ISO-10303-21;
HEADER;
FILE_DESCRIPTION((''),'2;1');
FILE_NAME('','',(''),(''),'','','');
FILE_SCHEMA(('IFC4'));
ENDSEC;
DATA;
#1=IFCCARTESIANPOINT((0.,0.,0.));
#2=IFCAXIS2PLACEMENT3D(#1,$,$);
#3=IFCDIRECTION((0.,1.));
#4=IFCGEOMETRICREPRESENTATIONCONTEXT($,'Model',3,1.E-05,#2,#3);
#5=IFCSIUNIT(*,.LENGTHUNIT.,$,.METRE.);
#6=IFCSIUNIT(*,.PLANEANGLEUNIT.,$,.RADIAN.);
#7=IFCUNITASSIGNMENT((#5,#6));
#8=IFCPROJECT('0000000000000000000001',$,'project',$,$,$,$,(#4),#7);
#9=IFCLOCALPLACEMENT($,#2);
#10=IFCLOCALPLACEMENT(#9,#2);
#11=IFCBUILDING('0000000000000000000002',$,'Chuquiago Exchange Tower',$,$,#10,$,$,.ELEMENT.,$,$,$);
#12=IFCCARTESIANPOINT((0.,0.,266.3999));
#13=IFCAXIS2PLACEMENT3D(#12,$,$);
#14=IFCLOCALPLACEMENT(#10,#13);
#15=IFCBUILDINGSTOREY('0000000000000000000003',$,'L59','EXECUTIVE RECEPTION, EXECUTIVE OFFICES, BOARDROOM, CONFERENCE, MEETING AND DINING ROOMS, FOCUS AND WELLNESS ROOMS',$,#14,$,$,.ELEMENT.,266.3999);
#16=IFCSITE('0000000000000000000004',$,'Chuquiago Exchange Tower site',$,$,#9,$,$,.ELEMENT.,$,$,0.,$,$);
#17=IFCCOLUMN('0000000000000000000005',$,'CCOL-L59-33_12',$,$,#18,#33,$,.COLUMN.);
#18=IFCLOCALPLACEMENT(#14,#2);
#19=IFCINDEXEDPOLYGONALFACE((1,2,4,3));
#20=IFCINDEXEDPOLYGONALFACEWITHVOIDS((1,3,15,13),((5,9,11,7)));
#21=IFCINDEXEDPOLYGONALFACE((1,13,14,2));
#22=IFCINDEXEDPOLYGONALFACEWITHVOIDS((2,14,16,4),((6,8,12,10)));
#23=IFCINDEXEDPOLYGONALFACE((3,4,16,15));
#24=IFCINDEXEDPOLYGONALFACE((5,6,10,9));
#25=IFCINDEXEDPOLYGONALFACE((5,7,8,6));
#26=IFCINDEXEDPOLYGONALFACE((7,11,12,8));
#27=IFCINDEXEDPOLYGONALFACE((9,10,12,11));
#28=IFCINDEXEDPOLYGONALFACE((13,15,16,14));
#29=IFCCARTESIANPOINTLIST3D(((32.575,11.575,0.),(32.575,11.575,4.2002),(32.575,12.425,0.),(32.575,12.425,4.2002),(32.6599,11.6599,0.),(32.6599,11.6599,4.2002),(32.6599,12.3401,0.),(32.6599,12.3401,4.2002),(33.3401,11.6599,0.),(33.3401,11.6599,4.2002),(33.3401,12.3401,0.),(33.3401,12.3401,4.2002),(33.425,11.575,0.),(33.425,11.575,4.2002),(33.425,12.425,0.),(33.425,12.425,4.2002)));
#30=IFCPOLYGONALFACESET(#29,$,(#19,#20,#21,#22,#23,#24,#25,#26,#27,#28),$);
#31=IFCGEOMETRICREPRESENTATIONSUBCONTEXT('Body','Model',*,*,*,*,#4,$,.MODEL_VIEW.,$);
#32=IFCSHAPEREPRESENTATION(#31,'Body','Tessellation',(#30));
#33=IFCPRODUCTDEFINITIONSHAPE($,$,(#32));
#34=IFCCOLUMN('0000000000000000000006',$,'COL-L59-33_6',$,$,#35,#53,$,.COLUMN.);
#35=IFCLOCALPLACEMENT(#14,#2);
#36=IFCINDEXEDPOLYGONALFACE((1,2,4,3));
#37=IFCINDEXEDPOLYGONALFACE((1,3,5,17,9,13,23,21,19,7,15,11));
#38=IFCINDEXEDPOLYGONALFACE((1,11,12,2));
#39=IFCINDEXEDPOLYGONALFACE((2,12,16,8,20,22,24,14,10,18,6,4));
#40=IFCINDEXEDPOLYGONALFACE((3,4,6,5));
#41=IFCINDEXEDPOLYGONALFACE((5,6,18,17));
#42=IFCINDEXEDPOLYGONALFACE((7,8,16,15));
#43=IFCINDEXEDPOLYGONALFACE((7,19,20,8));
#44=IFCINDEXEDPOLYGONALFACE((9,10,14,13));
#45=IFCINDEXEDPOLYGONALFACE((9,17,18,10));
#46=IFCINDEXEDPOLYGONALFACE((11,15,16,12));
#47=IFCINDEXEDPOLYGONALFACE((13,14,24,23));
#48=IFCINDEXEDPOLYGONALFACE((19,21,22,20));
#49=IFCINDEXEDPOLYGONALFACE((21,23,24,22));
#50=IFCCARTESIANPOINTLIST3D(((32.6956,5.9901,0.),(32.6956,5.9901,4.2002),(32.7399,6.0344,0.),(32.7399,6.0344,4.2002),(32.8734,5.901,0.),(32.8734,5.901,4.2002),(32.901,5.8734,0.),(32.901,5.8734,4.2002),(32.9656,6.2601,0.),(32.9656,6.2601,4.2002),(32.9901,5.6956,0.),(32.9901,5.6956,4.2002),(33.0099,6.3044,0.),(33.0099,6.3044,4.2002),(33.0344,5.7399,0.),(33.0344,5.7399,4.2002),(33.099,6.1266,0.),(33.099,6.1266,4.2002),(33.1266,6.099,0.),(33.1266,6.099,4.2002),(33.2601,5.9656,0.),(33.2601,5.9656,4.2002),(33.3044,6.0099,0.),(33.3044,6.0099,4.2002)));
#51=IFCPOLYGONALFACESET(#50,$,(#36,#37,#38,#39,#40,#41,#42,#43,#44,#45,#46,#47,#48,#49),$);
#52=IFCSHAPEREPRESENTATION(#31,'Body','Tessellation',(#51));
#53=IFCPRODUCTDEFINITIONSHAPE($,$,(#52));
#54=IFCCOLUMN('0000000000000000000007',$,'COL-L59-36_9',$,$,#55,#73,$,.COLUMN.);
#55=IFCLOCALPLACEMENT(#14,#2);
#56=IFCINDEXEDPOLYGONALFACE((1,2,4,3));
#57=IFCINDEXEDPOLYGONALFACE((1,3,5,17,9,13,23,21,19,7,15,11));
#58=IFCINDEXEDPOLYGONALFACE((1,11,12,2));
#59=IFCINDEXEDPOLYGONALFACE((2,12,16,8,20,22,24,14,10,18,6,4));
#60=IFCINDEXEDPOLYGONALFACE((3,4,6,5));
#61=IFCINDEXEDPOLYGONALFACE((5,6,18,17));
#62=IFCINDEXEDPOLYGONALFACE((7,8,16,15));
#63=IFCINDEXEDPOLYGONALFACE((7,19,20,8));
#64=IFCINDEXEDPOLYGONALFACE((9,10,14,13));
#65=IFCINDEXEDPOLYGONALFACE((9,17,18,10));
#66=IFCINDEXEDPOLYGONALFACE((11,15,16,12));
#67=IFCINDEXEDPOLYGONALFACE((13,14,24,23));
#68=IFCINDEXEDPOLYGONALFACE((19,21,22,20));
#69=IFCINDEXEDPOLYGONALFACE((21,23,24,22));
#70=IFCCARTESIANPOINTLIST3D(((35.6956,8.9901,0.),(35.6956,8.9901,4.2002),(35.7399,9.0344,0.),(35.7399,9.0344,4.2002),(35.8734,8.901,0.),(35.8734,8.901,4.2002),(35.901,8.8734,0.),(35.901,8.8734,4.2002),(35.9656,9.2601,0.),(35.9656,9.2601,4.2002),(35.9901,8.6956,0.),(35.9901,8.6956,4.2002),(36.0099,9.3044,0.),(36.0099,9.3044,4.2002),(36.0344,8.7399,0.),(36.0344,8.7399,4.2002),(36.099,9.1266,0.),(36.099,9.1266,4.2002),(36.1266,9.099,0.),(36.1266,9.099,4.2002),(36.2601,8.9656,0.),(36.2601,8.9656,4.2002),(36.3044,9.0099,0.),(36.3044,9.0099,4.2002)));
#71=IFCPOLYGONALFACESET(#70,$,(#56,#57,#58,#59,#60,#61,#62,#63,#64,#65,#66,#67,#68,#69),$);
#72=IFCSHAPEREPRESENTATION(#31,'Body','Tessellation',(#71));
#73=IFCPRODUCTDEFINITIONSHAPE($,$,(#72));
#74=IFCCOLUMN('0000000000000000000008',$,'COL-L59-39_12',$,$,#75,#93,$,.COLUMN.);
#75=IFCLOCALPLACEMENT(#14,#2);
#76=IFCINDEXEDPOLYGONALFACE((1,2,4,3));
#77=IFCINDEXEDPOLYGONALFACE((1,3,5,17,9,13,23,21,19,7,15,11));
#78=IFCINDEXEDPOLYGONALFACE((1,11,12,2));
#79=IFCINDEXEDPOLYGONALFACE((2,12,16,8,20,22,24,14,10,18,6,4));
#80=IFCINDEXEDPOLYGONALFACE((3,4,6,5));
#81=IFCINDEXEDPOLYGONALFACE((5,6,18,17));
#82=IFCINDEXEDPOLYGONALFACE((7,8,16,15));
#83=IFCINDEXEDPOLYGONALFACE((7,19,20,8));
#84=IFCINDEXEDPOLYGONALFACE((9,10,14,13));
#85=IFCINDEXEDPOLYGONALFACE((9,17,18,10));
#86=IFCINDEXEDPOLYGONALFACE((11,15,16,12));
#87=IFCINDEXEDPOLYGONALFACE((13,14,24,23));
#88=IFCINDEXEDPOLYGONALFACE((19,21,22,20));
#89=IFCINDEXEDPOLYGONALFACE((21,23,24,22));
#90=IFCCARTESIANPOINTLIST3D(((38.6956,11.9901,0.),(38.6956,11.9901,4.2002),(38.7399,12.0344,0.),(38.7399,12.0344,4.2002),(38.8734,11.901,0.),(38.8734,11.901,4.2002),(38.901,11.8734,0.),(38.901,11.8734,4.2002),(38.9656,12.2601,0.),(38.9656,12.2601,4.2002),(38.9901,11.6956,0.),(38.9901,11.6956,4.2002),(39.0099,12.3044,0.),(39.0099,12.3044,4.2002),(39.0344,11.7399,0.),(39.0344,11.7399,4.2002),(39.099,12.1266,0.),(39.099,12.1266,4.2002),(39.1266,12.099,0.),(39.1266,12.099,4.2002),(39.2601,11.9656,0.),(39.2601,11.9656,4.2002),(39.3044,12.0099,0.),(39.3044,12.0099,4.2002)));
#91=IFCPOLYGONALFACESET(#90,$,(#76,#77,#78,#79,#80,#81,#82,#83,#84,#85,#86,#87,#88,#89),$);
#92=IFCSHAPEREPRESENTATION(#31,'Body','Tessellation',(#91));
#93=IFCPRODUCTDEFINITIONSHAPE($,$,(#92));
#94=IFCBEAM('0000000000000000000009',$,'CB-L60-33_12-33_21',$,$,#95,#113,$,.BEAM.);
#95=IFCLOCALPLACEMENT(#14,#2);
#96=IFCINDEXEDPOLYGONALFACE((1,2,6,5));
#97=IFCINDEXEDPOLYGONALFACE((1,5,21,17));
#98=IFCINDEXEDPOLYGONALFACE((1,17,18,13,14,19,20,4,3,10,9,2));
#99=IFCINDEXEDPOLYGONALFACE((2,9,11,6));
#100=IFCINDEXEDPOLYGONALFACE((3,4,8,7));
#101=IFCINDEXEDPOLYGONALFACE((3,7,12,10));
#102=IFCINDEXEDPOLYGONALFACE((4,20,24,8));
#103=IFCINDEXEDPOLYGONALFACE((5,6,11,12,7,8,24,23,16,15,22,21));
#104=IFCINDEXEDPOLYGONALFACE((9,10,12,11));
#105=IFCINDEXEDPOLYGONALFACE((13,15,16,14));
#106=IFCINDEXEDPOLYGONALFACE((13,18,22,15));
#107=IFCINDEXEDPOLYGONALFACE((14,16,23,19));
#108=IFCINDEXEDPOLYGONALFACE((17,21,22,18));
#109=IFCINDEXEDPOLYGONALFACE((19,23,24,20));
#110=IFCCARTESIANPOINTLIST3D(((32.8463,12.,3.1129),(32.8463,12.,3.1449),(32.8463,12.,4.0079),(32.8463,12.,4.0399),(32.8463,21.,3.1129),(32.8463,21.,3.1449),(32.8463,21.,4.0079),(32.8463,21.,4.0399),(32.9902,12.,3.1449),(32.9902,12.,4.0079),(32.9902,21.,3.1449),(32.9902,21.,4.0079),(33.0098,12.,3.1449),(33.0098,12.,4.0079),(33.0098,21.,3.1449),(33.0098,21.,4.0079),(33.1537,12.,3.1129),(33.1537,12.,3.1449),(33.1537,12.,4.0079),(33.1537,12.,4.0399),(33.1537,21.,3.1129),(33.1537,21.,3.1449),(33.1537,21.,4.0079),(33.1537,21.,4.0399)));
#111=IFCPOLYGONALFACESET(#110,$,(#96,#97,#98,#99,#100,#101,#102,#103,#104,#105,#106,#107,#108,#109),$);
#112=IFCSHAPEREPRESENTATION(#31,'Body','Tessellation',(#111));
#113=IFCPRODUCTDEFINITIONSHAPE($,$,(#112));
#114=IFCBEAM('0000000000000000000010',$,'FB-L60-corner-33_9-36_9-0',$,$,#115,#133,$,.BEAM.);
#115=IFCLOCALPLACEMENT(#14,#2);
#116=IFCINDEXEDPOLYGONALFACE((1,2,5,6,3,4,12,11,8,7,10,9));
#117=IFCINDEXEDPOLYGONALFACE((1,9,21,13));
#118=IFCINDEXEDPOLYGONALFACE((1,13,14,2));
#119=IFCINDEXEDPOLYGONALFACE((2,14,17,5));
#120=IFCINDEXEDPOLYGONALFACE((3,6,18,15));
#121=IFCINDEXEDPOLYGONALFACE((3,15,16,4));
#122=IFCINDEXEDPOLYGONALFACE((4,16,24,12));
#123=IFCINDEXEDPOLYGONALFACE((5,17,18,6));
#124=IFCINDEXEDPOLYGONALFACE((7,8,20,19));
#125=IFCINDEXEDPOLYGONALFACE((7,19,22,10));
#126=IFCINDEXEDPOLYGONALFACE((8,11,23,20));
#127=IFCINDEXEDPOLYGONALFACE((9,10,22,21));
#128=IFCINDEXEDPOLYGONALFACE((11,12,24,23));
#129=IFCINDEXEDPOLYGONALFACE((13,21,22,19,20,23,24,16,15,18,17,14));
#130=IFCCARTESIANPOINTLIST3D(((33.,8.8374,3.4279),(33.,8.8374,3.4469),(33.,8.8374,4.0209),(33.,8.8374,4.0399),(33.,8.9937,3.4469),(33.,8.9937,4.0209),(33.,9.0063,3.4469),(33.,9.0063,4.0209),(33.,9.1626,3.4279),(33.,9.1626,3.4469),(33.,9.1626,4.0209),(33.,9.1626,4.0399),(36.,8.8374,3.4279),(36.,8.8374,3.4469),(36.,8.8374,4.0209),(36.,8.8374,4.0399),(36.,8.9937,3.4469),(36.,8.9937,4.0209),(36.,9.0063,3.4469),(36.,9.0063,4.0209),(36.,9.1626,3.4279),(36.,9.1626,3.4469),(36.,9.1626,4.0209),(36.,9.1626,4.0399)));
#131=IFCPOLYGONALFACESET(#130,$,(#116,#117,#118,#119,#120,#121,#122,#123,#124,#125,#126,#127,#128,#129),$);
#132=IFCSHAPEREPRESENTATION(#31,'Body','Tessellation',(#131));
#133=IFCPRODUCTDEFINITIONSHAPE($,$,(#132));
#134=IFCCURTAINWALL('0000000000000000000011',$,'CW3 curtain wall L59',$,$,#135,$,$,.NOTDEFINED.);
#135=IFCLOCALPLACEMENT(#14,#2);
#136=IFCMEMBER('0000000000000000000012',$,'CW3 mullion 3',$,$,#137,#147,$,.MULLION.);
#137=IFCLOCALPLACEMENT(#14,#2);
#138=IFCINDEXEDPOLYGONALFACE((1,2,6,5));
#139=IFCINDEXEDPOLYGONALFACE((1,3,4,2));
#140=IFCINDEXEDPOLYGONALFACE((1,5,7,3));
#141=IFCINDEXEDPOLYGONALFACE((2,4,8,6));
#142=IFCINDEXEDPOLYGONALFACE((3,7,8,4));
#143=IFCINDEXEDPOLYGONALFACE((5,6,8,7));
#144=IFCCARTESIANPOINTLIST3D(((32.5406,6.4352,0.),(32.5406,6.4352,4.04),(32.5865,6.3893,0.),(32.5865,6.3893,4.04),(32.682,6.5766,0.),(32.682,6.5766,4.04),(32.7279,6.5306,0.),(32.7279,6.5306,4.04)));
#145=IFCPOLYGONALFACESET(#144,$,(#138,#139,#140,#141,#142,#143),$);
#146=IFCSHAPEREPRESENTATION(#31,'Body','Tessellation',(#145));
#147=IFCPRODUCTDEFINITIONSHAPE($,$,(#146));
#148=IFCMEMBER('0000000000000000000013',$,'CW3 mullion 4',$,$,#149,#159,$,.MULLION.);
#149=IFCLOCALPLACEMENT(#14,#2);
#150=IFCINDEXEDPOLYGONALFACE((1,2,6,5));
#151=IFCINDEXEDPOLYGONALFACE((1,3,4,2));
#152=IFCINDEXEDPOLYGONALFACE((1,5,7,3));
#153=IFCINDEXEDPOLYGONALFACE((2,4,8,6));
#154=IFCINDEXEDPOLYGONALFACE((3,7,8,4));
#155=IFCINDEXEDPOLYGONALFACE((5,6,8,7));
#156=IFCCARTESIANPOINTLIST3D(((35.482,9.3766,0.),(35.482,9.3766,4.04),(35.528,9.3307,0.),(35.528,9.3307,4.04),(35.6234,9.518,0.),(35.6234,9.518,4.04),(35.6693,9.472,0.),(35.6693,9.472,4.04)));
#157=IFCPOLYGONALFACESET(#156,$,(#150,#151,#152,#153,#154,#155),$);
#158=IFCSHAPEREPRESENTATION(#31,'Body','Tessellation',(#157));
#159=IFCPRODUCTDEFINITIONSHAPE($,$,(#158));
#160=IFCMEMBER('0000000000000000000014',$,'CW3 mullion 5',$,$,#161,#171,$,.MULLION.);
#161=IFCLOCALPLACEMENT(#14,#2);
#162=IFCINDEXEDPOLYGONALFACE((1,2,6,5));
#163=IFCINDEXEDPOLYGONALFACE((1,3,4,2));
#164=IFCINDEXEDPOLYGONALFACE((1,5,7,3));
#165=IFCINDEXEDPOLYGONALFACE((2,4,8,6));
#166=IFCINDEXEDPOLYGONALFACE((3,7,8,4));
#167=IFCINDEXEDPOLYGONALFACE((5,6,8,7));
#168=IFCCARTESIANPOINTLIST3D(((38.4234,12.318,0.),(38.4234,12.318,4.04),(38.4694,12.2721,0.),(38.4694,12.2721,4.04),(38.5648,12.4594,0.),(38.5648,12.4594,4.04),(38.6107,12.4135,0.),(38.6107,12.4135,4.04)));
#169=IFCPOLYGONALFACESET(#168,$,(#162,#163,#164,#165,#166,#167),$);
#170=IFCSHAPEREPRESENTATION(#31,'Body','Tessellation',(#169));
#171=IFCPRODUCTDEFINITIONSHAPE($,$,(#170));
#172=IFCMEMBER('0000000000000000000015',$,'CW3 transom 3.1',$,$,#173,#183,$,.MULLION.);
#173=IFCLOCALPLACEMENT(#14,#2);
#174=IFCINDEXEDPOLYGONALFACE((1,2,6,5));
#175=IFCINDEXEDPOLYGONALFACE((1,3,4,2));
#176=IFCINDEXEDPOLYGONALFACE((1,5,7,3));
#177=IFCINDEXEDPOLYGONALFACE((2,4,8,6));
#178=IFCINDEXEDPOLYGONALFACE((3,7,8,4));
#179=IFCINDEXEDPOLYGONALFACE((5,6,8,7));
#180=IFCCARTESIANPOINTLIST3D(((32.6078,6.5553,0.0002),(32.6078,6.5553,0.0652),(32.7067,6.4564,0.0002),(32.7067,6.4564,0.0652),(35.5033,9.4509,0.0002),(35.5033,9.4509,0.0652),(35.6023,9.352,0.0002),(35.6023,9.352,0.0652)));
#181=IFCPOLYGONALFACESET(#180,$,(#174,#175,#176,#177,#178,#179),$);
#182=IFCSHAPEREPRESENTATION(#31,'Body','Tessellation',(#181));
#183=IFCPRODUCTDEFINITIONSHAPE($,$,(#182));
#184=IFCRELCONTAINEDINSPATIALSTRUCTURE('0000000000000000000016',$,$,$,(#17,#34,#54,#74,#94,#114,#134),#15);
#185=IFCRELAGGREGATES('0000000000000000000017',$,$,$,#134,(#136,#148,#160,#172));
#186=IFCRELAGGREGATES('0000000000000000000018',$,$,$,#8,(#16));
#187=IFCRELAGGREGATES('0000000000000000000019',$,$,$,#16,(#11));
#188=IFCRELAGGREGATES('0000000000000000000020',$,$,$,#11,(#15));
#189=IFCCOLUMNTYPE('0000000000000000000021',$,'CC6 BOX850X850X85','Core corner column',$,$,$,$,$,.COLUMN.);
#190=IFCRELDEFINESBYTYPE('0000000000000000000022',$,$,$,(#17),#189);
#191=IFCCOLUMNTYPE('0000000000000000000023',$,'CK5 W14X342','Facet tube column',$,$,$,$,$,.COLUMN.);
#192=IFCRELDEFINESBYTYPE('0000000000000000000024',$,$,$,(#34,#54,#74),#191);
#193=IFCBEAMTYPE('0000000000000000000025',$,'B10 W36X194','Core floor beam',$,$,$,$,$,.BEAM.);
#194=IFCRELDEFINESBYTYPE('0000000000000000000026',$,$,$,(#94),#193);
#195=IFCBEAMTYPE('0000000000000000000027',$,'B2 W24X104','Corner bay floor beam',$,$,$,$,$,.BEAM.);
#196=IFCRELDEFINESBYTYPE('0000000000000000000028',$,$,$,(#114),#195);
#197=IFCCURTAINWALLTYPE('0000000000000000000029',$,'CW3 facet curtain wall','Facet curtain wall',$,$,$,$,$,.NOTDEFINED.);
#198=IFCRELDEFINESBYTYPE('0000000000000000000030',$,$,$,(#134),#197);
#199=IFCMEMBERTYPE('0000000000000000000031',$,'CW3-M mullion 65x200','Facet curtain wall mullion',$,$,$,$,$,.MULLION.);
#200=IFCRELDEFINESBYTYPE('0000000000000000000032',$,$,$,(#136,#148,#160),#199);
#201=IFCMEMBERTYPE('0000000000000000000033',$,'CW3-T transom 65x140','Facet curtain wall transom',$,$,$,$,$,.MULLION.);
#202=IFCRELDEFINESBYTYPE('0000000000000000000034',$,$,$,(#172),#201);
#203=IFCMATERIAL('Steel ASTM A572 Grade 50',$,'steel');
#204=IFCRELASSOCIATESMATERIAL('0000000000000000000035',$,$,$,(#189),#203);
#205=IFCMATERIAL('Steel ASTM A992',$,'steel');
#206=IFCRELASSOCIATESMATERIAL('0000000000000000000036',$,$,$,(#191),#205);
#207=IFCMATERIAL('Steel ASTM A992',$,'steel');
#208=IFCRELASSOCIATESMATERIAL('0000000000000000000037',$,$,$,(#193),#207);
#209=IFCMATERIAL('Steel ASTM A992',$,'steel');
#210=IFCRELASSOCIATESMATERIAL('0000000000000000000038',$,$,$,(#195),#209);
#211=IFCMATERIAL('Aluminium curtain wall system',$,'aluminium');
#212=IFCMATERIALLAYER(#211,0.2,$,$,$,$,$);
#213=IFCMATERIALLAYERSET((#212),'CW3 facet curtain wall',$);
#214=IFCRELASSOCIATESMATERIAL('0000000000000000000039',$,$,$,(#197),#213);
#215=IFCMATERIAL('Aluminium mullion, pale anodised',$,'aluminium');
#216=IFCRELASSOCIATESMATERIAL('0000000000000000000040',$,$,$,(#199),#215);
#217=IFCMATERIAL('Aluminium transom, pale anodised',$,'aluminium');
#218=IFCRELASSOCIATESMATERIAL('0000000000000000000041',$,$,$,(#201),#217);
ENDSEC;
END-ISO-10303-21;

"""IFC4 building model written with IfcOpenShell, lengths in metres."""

from ifc_helpers import new_model, si_unit, direction, frame, origin, origin_2d, place, context, subcontext, project, spatial, rectangle, hollow_rectangle, i_section, extrude, material, layer, layer_set, material_profile, profile_set, type_object, element, aggregate, save


model = new_model("IFC4")

# Units and contexts
model_context = context("Model", 3, precision=1e-05, world=origin(), true_north=direction((0.0, 1.0)))
body_context = subcontext(model_context, "Body", "Model", "MODEL_VIEW")
ifc_project = project(units=[si_unit("LENGTHUNIT", "METRE"), si_unit("PLANEANGLEUNIT", "RADIAN")], contexts=[model_context])

# Site, building, storey
site_placement = place(None, origin())
site = spatial("IfcSite", under=ifc_project, at=site_placement, Name="Chuquiago Exchange Tower site", CompositionType="ELEMENT", RefElevation=0.0)
building_placement = place(site_placement, origin())
building = spatial("IfcBuilding", under=site, at=building_placement, Name="Chuquiago Exchange Tower", CompositionType="ELEMENT")
storey_placement = place(building_placement, frame((0.0, 0.0, 266.3999)))
storey = spatial("IfcBuildingStorey", under=building, at=storey_placement, Name="L59", Description="EXECUTIVE RECEPTION, EXECUTIVE OFFICES, BOARDROOM, CONFERENCE, MEETING AND DINING ROOMS, FOCUS AND WELLNESS ROOMS", CompositionType="ELEMENT", Elevation=266.3999)

# Columns
ifc_material_1 = material(Name="Steel ASTM A572 Grade 50", Category="steel")
ifc_material_profile_1 = material_profile(ifc_material_1, hollow_rectangle(XDim=0.8501, YDim=0.8501, WallThickness=0.085, at=origin_2d()), Name="BOX850X850X85")
ifc_profile_set_1 = profile_set([ifc_material_profile_1], Name="Steel ASTM A572 Grade 50")
column_type_1 = type_object("IfcColumnType", Name="CC6 BOX850X850X85", Description="Core corner column", PredefinedType="COLUMN", material=ifc_profile_set_1)
column_placement = place(storey_placement, frame((33.0, 12.0, 0.0), z_axis=(0.0, 0.0, 1.0), x_axis=(1.0, 0.0, 0.0)))
element("IfcColumn", 1, at=column_placement, inside=storey, type_object=column_type_1, Name="CCOL-L59-33_12", PredefinedType="COLUMN", context=body_context, shape_type="SweptSolid", body=[
    extrude(hollow_rectangle(XDim=0.8501, YDim=0.8501, WallThickness=0.085, at=origin_2d()), origin(), (0.0, 0.0, 1.0), 4.2002),
])
ifc_material_2 = material(Name="Steel ASTM A992", Category="steel")
ifc_material_profile_2 = material_profile(ifc_material_2, i_section(OverallWidth=0.4165, OverallDepth=0.4446, WebThickness=0.0391, FlangeThickness=0.0627, at=origin_2d()), Name="W14X342")
ifc_profile_set_2 = profile_set([ifc_material_profile_2], Name="Steel ASTM A992")
column_type_2 = type_object("IfcColumnType", Name="CK5 W14X342", Description="Facet tube column", PredefinedType="COLUMN", material=ifc_profile_set_2)
for number, where, z_axis, x_axis, name in (
    (2, (33.0, 6.0, 0.0), (0.0, 0.0, 1.0), (0.707107, -0.707107, 0.0), "COL-L59-33_6"),
    (3, (36.0, 9.0, 0.0), (0.0, 0.0, 1.0), (0.707107, -0.707107, 0.0), "COL-L59-36_9"),
    (4, (39.0, 12.0, 0.0), (0.0, 0.0, 1.0), (0.707107, -0.707107, 0.0), "COL-L59-39_12"),
):
    element("IfcColumn", number, at=place(storey_placement, frame(where, z_axis=z_axis, x_axis=x_axis)), inside=storey, type_object=column_type_2, Name=name, PredefinedType="COLUMN", context=body_context, shape_type="SweptSolid", body=[
        extrude(i_section(OverallWidth=0.4165, OverallDepth=0.4446, WebThickness=0.0391, FlangeThickness=0.0627, at=origin_2d()), origin(), (0.0, 0.0, 1.0), 4.2002),
    ])

# Beams
ifc_material_3 = material(Name="Steel ASTM A992", Category="steel")
ifc_material_profile_3 = material_profile(ifc_material_3, i_section(OverallWidth=0.3074, OverallDepth=0.927, WebThickness=0.0195, FlangeThickness=0.032, at=origin_2d()), Name="W36X194")
ifc_profile_set_3 = profile_set([ifc_material_profile_3], Name="Steel ASTM A992")
beam_type_1 = type_object("IfcBeamType", Name="B10 W36X194", Description="Core floor beam", PredefinedType="BEAM", material=ifc_profile_set_3)
beam_1_placement = place(storey_placement, frame((33.0, 12.0, 3.5764), z_axis=(0.0, 1.0, 0.0), x_axis=(-1.0, 0.0, 0.0)))
element("IfcBeam", 5, at=beam_1_placement, inside=storey, type_object=beam_type_1, Name="CB-L60-33_12-33_21", PredefinedType="BEAM", context=body_context, shape_type="SweptSolid", body=[
    extrude(i_section(OverallWidth=0.3074, OverallDepth=0.927, WebThickness=0.0195, FlangeThickness=0.032, at=origin_2d()), origin(), (0.0, 0.0, 1.0), 9.0),
])
ifc_material_4 = material(Name="Steel ASTM A992", Category="steel")
ifc_material_profile_4 = material_profile(ifc_material_4, i_section(OverallWidth=0.3252, OverallDepth=0.6121, WebThickness=0.0127, FlangeThickness=0.019, at=origin_2d()), Name="W24X104")
ifc_profile_set_4 = profile_set([ifc_material_profile_4], Name="Steel ASTM A992")
beam_type_2 = type_object("IfcBeamType", Name="B2 W24X104", Description="Corner bay floor beam", PredefinedType="BEAM", material=ifc_profile_set_4)
beam_2_placement = place(storey_placement, frame((33.0, 9.0, 3.7339), z_axis=(1.0, 0.0, 0.0), x_axis=(0.0, 1.0, 0.0)))
element("IfcBeam", 6, at=beam_2_placement, inside=storey, type_object=beam_type_2, Name="FB-L60-corner-33_9-36_9-0", PredefinedType="BEAM", context=body_context, shape_type="SweptSolid", body=[
    extrude(i_section(OverallWidth=0.3252, OverallDepth=0.6121, WebThickness=0.0127, FlangeThickness=0.019, at=origin_2d()), origin(), (0.0, 0.0, 1.0), 3.0),
])

# Curtain wall, members
ifc_material_5 = material(Name="Aluminium curtain wall system", Category="aluminium")
ifc_layer_1 = layer(ifc_material_5, 0.2)
ifc_layer_set_1 = layer_set([ifc_layer_1], Name="CW3 facet curtain wall")
curtain_wall_type = type_object("IfcCurtainWallType", Name="CW3 facet curtain wall", Description="Facet curtain wall", PredefinedType="NOTDEFINED", material=ifc_layer_set_1)
curtain_wall_placement = place(storey_placement, origin())
curtain_wall = element("IfcCurtainWall", 7, at=curtain_wall_placement, inside=storey, type_object=curtain_wall_type, Name="CW3 curtain wall L59", PredefinedType="NOTDEFINED")
ifc_material_6 = material(Name="Aluminium mullion, pale anodised", Category="aluminium")
ifc_material_profile_5 = material_profile(ifc_material_6, rectangle(XDim=0.0649, YDim=0.2, at=origin_2d()), Name="AL 65x200")
ifc_profile_set_5 = profile_set([ifc_material_profile_5], Name="Aluminium mullion, pale anodised")
member_type_1 = type_object("IfcMemberType", Name="CW3-M mullion 65x200", Description="Facet curtain wall mullion", PredefinedType="MULLION", material=ifc_profile_set_5)
member_1_placement = place(storey_placement, frame((32.6343, 6.4829, 0.0), z_axis=(0.0, 0.0, 1.0), x_axis=(-0.707107, 0.707107, 0.0)))
member_1 = element("IfcMember", 8, at=member_1_placement, type_object=member_type_1, Name="CW3 mullion 3", PredefinedType="MULLION", context=body_context, shape_type="SweptSolid", body=[
    extrude(rectangle(XDim=0.0649, YDim=0.2, at=origin_2d()), origin(), (0.0, 0.0, 1.0), 4.04),
])
member_2_placement = place(storey_placement, frame((35.5757, 9.4243, 0.0), z_axis=(0.0, 0.0, 1.0), x_axis=(-0.707107, 0.707107, 0.0)))
member_2 = element("IfcMember", 9, at=member_2_placement, type_object=member_type_1, Name="CW3 mullion 4", PredefinedType="MULLION", context=body_context, shape_type="SweptSolid", body=[
    extrude(rectangle(XDim=0.0649, YDim=0.2, at=origin_2d()), origin(), (0.0, 0.0, 1.0), 4.04),
])
member_3_placement = place(storey_placement, frame((38.5171, 12.3657, 0.0), z_axis=(0.0, 0.0, 1.0), x_axis=(-0.707107, 0.707107, 0.0)))
member_3 = element("IfcMember", 10, at=member_3_placement, type_object=member_type_1, Name="CW3 mullion 5", PredefinedType="MULLION", context=body_context, shape_type="SweptSolid", body=[
    extrude(rectangle(XDim=0.0649, YDim=0.2, at=origin_2d()), origin(), (0.0, 0.0, 1.0), 4.04),
])
ifc_material_7 = material(Name="Aluminium transom, pale anodised", Category="aluminium")
ifc_material_profile_6 = material_profile(ifc_material_7, rectangle(XDim=0.1399, YDim=0.0649, at=origin_2d()), Name="AL 140x65")
ifc_profile_set_6 = profile_set([ifc_material_profile_6], Name="Aluminium transom, pale anodised")
member_type_2 = type_object("IfcMemberType", Name="CW3-T transom 65x140", Description="Facet curtain wall transom", PredefinedType="MULLION", material=ifc_profile_set_6)
member_4_placement = place(storey_placement, frame((32.6572, 6.5059, 0.0327), z_axis=(0.707107, 0.707107, 0.0), x_axis=(-0.707107, 0.707107, 0.0)))
member_4 = element("IfcMember", 11, at=member_4_placement, type_object=member_type_2, Name="CW3 transom 3.1", PredefinedType="MULLION", context=body_context, shape_type="SweptSolid", body=[
    extrude(rectangle(XDim=0.1399, YDim=0.0649, at=origin_2d()), origin(), (0.0, 0.0, 1.0), 4.095),
])

aggregate(curtain_wall, [member_1, member_2, member_3, member_4])

save(model, "model.ifc")
